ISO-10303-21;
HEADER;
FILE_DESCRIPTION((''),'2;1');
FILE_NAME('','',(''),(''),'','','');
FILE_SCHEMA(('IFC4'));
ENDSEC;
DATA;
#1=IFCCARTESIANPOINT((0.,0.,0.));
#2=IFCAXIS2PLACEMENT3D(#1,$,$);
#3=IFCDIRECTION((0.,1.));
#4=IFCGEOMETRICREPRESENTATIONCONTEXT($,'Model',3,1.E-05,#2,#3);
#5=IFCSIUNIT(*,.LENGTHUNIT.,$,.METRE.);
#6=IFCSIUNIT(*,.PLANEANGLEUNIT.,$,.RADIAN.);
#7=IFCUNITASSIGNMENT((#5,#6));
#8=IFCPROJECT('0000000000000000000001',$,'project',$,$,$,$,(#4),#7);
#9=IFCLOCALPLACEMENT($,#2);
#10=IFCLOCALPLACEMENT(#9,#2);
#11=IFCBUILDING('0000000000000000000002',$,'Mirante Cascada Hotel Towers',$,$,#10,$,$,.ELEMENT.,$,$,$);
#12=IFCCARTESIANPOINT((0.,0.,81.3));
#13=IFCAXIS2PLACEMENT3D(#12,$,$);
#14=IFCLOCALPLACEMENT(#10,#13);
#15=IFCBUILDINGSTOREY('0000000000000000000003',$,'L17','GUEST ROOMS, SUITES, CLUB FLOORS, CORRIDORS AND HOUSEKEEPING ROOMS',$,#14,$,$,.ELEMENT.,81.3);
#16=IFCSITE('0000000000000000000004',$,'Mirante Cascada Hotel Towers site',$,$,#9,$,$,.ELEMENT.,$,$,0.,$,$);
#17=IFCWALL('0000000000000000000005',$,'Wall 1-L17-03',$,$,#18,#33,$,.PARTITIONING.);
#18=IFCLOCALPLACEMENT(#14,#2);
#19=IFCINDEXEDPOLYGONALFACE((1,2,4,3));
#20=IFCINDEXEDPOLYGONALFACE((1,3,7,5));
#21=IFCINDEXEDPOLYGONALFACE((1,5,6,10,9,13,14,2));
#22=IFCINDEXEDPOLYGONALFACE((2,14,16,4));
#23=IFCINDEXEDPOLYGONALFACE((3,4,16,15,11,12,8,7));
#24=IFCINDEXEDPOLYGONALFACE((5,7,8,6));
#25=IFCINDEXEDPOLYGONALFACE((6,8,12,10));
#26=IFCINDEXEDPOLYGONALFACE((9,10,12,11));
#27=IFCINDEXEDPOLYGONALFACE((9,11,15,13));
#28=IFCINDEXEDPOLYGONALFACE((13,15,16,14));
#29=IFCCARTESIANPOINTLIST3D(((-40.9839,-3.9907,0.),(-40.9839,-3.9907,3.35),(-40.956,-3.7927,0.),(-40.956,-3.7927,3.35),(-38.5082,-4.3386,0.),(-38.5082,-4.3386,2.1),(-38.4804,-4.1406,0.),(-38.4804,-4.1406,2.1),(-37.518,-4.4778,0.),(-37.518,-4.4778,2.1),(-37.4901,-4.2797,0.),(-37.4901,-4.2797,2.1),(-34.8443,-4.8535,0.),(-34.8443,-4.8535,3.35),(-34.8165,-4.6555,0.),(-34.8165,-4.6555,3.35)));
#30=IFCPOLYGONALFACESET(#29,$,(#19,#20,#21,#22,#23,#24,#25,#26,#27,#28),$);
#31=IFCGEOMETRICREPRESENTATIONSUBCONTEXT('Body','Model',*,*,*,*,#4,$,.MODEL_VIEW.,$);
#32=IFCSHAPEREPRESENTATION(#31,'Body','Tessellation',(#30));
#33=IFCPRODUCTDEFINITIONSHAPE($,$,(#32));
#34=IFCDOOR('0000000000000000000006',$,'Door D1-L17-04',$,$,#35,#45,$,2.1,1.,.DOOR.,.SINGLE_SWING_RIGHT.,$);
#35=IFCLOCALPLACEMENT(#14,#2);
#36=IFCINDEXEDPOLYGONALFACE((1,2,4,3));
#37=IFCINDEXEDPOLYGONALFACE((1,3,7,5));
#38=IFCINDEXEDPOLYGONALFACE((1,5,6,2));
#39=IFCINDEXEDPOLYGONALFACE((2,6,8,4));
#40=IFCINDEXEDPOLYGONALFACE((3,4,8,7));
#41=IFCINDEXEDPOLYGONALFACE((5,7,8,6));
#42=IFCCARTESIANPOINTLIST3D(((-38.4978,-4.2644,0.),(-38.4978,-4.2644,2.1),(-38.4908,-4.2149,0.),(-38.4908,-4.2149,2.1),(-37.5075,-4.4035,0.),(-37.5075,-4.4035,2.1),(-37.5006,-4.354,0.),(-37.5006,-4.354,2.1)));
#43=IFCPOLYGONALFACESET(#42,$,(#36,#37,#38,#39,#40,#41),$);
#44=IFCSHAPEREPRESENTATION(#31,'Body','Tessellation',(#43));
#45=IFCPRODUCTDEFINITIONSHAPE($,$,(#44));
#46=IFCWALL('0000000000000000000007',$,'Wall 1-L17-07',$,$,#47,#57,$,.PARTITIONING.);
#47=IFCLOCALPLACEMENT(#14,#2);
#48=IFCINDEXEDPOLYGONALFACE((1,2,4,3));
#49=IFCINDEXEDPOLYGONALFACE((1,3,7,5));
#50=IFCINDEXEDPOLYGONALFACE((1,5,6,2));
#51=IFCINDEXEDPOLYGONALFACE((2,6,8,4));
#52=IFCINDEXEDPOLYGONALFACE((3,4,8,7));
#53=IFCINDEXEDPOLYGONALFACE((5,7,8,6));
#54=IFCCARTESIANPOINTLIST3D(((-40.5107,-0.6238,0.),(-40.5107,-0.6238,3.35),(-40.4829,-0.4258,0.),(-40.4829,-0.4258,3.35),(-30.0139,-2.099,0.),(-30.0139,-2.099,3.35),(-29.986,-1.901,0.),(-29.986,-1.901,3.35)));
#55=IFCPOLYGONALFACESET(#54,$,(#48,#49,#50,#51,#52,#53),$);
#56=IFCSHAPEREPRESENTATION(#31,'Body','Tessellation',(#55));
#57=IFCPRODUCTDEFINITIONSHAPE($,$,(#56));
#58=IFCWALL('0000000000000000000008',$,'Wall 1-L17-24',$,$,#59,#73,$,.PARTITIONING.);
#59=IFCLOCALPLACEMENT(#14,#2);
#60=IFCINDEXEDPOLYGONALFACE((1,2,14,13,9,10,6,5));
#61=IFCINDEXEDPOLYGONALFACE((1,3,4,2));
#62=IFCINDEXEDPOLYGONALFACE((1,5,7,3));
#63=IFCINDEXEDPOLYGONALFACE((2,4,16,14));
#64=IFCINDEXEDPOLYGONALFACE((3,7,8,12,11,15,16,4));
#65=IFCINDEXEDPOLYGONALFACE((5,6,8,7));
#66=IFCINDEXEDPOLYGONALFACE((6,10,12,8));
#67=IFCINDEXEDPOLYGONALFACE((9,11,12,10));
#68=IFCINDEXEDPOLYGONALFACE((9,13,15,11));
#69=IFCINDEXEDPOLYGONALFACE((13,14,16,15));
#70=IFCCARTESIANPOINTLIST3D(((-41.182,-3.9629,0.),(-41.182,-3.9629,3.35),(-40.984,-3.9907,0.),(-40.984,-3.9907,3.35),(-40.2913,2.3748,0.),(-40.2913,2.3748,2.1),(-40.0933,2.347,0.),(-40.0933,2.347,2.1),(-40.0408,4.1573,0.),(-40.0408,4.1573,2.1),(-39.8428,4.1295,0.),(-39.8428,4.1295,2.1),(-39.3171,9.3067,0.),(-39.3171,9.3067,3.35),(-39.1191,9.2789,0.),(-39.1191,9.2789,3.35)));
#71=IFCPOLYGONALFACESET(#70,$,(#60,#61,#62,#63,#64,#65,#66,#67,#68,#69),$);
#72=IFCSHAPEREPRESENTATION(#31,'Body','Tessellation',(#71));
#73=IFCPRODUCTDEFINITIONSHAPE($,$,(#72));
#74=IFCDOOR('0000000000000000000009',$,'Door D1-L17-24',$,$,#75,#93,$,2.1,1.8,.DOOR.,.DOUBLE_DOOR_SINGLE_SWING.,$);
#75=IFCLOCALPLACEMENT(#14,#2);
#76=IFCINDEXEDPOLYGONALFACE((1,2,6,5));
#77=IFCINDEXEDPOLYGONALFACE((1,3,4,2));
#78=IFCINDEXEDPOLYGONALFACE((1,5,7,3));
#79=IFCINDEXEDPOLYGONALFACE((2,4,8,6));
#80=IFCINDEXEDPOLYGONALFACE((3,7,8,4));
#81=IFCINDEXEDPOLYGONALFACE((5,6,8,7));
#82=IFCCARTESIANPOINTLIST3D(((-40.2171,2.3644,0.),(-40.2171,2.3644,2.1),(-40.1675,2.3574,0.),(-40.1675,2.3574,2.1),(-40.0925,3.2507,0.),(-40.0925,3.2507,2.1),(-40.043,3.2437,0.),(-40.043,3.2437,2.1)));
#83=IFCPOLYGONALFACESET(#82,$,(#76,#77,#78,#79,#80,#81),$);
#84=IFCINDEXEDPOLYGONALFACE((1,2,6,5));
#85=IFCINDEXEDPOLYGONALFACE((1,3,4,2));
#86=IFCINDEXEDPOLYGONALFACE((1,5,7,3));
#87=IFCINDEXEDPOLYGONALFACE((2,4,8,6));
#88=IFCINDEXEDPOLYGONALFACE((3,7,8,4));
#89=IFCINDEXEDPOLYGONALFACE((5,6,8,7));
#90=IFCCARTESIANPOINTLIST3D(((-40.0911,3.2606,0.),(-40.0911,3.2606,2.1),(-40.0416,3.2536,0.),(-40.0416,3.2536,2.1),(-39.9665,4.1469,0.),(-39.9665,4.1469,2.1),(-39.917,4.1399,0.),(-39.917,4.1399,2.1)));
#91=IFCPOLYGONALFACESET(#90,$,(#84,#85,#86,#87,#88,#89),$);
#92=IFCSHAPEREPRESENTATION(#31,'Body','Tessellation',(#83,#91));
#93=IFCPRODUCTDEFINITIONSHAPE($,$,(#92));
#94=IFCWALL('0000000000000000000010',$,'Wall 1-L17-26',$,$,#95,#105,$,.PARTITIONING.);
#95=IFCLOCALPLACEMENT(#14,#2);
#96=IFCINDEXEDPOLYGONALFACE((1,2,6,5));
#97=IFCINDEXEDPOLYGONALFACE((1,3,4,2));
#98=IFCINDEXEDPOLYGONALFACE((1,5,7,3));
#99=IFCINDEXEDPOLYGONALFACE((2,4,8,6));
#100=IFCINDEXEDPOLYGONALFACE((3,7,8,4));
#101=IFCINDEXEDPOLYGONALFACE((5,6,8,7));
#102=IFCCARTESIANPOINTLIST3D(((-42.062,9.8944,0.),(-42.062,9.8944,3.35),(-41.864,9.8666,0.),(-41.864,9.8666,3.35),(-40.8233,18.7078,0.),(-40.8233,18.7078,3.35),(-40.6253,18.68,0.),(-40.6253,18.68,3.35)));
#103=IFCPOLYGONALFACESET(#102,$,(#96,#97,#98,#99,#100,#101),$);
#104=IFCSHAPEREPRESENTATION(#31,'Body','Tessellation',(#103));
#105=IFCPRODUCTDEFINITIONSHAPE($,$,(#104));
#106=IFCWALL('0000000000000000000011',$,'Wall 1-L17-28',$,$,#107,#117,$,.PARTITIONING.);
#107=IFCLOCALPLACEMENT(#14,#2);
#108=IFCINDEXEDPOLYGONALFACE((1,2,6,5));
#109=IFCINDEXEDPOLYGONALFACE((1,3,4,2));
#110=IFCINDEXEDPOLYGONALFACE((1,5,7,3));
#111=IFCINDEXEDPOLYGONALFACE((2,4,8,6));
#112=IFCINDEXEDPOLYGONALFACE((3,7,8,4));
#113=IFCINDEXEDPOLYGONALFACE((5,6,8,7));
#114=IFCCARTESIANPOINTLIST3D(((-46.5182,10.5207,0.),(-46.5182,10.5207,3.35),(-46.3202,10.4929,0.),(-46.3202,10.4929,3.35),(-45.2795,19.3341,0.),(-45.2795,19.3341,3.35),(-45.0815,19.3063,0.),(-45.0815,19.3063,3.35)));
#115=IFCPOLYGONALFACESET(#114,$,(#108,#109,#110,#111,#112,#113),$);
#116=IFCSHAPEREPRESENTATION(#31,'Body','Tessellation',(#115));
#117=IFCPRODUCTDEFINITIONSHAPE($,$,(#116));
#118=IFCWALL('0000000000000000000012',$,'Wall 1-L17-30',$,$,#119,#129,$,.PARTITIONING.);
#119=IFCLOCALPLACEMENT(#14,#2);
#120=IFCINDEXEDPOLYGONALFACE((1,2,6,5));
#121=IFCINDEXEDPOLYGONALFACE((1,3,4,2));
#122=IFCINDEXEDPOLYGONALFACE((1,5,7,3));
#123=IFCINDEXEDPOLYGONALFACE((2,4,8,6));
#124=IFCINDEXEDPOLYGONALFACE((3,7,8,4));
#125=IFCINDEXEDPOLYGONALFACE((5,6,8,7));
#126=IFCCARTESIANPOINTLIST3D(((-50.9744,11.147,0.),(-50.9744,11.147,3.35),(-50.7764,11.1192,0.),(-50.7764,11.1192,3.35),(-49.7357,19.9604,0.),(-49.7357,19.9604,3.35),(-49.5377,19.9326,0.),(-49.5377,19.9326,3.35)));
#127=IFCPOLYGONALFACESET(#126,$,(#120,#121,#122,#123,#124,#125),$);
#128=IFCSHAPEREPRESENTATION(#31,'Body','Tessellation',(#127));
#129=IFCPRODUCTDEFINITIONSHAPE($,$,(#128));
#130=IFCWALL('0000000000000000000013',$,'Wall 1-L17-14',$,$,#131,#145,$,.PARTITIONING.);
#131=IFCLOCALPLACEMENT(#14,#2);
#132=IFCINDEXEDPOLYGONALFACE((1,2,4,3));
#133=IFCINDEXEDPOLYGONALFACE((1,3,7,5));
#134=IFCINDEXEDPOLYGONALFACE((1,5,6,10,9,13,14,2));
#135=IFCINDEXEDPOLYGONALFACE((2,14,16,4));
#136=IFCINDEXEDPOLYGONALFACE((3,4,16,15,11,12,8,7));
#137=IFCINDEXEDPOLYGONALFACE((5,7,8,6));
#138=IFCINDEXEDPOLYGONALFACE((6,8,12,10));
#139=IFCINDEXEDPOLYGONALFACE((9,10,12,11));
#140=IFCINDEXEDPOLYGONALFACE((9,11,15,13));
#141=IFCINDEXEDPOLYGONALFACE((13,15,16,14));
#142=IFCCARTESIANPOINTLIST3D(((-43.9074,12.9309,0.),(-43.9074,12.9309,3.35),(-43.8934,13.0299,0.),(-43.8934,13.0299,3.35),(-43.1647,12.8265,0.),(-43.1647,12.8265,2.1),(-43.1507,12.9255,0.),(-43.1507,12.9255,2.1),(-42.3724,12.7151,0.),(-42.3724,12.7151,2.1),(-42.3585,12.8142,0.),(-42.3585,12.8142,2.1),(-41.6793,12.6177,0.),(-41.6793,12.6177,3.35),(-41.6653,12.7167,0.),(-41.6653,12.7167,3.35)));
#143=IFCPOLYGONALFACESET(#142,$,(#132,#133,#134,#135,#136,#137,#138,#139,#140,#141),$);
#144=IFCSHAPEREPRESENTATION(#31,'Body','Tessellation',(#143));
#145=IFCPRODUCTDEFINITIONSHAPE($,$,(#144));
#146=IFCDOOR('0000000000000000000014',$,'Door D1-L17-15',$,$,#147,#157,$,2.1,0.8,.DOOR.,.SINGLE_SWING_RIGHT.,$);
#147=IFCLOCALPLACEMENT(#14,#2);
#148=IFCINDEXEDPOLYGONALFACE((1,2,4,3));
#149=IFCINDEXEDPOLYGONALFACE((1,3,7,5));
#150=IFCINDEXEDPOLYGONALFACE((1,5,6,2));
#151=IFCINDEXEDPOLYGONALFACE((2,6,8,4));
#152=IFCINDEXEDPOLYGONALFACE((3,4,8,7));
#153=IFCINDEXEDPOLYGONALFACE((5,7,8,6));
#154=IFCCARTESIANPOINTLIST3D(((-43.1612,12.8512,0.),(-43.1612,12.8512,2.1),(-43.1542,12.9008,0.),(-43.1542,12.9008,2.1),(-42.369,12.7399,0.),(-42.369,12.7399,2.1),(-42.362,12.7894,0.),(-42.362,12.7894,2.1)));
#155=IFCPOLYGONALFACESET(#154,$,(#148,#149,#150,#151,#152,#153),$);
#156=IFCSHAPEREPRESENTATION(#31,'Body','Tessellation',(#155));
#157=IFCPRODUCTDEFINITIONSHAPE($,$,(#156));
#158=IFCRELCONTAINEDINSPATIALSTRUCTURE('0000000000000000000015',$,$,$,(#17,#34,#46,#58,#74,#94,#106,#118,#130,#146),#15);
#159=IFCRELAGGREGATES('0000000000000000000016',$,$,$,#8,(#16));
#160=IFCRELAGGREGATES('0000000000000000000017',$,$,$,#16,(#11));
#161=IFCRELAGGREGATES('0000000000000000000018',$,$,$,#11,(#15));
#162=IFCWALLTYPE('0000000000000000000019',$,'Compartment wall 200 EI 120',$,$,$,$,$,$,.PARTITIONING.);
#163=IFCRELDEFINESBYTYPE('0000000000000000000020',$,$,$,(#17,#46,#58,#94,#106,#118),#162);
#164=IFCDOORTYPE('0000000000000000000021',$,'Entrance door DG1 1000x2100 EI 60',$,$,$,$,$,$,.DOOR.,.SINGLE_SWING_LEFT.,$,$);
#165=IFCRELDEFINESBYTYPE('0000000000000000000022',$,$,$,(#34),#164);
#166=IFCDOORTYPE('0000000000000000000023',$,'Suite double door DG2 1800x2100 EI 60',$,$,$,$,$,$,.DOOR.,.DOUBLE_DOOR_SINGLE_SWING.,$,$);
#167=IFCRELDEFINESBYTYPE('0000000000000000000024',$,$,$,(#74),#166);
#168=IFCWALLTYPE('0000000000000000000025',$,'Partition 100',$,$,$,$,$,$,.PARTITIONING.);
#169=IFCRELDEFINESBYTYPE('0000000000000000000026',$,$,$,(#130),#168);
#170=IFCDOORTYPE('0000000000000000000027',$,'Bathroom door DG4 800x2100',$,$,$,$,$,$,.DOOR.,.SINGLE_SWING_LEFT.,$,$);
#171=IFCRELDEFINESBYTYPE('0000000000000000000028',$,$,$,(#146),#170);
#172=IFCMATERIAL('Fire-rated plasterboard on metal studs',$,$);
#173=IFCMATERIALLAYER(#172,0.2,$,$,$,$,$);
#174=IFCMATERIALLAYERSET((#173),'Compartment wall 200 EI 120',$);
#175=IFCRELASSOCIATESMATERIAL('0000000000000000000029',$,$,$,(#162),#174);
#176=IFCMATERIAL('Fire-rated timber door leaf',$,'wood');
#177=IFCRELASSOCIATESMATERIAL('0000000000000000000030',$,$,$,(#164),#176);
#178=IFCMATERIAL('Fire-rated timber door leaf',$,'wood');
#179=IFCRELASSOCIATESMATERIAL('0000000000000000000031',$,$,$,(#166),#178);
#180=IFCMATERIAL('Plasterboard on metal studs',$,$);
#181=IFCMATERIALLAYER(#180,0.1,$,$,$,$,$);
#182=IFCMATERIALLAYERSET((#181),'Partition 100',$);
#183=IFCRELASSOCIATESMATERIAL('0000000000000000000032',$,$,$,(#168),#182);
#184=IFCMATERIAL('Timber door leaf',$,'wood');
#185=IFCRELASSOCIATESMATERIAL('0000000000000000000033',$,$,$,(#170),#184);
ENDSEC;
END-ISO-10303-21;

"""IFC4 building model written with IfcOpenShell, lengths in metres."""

from ifc_helpers import new_model, si_unit, direction, frame, frame_2d, origin, place, context, subcontext, project, spatial, rectangle, extrude, material, layer, layer_set, type_object, element, fill, save


model = new_model("IFC4")

# Units and contexts
model_context = context("Model", 3, precision=1e-05, world=origin(), true_north=direction((0.0, 1.0)))
body_context = subcontext(model_context, "Body", "Model", "MODEL_VIEW")
ifc_project = project(units=[si_unit("LENGTHUNIT", "METRE"), si_unit("PLANEANGLEUNIT", "RADIAN")], contexts=[model_context])

# Site, building, storey
site_placement = place(None, origin())
site = spatial("IfcSite", under=ifc_project, at=site_placement, Name="Mirante Cascada Hotel Towers site", CompositionType="ELEMENT", RefElevation=0.0)
building_placement = place(site_placement, origin())
building = spatial("IfcBuilding", under=site, at=building_placement, Name="Mirante Cascada Hotel Towers", CompositionType="ELEMENT")
storey_placement = place(building_placement, frame((0.0, 0.0, 81.3)))
storey = spatial("IfcBuildingStorey", under=building, at=storey_placement, Name="L17", Description="GUEST ROOMS, SUITES, CLUB FLOORS, CORRIDORS AND HOUSEKEEPING ROOMS", CompositionType="ELEMENT", Elevation=81.3)

# Wall, opening, door
ifc_material_1 = material(Name="Fire-rated plasterboard on metal studs")
ifc_layer_1 = layer(ifc_material_1, 0.2)
ifc_layer_set_1 = layer_set([ifc_layer_1], Name="Compartment wall 200 EI 120")
wall_type_1 = type_object("IfcWallType", Name="Compartment wall 200 EI 120", PredefinedType="PARTITIONING", material=ifc_layer_set_1)
wall_1_placement = place(storey_placement, frame((-40.97, -3.8917, 0.0), z_axis=(0.0, 0.0, 1.0), x_axis=(0.99027, -0.139163, 0.0)))
wall_1 = element("IfcWall", 1, at=wall_1_placement, inside=storey, type_object=wall_type_1, Name="Wall 1-L17-03", PredefinedType="PARTITIONING", context=body_context, shape_type="SweptSolid", body=[
    extrude(rectangle(XDim=6.1999, YDim=0.2, at=frame_2d((3.1, 0.0))), origin(), (0.0, 0.0, 1.0), 3.35),
])
opening_1_placement = place(wall_1_placement, frame((2.5, 0.0, 0.0)))
opening_1 = element("IfcOpeningElement", 2, at=opening_1_placement, cuts=wall_1, PredefinedType="OPENING", context=body_context, shape_type="SweptSolid", body=[
    extrude(rectangle(XDim=1.0, YDim=2.1, at=frame_2d((0.5, 1.05))), frame((0.0, 0.1, 0.0), z_axis=(0.0, -1.0, 0.0), x_axis=(1.0, 0.0, 0.0)), (0.0, 0.0, 1.0), 0.2),
])
ifc_material_2 = material(Name="Fire-rated timber door leaf", Category="wood")
door_type_1 = type_object("IfcDoorType", Name="Entrance door DG1 1000x2100 EI 60", OperationType="SINGLE_SWING_LEFT", PredefinedType="DOOR", material=ifc_material_2)
door_1_placement = place(opening_1_placement, frame((1.0, 0.0, 0.0), z_axis=(0.0, 0.0, 1.0), x_axis=(-1.0, 0.0, 0.0)))
door_1 = element("IfcDoor", 3, at=door_1_placement, inside=storey, type_object=door_type_1, Name="Door D1-L17-04", OperationType="SINGLE_SWING_RIGHT", OverallHeight=2.1, OverallWidth=1.0, PredefinedType="DOOR", context=body_context, shape_type="SweptSolid", body=[
    extrude(rectangle(XDim=1.0, YDim=2.1, at=frame_2d((0.5, 1.05))), frame((0.0, 0.025, 0.0), z_axis=(0.0, -1.0, 0.0), x_axis=(1.0, 0.0, 0.0)), (0.0, 0.0, 1.0), 0.05),
])
fill(opening_1, door_1)

# Wall
wall_2_placement = place(storey_placement, frame((-40.4968, -0.5248, 0.0), z_axis=(0.0, 0.0, 1.0), x_axis=(0.990268, -0.13917, 0.0)))
element("IfcWall", 4, at=wall_2_placement, inside=storey, type_object=wall_type_1, Name="Wall 1-L17-07", PredefinedType="PARTITIONING", context=body_context, shape_type="SweptSolid", body=[
    extrude(rectangle(XDim=10.6, YDim=0.2, at=frame_2d((5.3, 0.0))), origin(), (0.0, 0.0, 1.0), 3.35),
])

# Wall, opening, door
wall_3_placement = place(storey_placement, frame((-41.083, -3.9768, 0.0), z_axis=(0.0, 0.0, 1.0), x_axis=(0.139172, 0.990268, 0.0)))
wall_3 = element("IfcWall", 5, at=wall_3_placement, inside=storey, type_object=wall_type_1, Name="Wall 1-L17-24", PredefinedType="PARTITIONING", context=body_context, shape_type="SweptSolid", body=[
    extrude(rectangle(XDim=13.4, YDim=0.2, at=frame_2d((6.7, 0.0))), origin(), (0.0, 0.0, 1.0), 3.35),
])
opening_2_placement = place(wall_3_placement, frame((6.4, 0.0, 0.0)))
opening_2 = element("IfcOpeningElement", 6, at=opening_2_placement, cuts=wall_3, PredefinedType="OPENING", context=body_context, shape_type="SweptSolid", body=[
    extrude(rectangle(XDim=1.8, YDim=2.1, at=frame_2d((0.9, 1.05))), frame((0.0, 0.1, 0.0), z_axis=(0.0, -1.0, 0.0), x_axis=(1.0, 0.0, 0.0)), (0.0, 0.0, 1.0), 0.2),
])
ifc_material_3 = material(Name="Fire-rated timber door leaf", Category="wood")
door_type_2 = type_object("IfcDoorType", Name="Suite double door DG2 1800x2100 EI 60", OperationType="DOUBLE_DOOR_SINGLE_SWING", PredefinedType="DOOR", material=ifc_material_3)
door_2_placement = place(opening_2_placement, origin())
door_2 = element("IfcDoor", 7, at=door_2_placement, inside=storey, type_object=door_type_2, Name="Door D1-L17-24", OperationType="DOUBLE_DOOR_SINGLE_SWING", OverallHeight=2.1, OverallWidth=1.8, PredefinedType="DOOR", context=body_context, shape_type="SweptSolid", body=[
    extrude(rectangle(XDim=0.895, YDim=2.1, at=frame_2d((0.4475, 1.05))), frame((0.0, 0.025, 0.0), z_axis=(0.0, -1.0, 0.0), x_axis=(1.0, 0.0, 0.0)), (0.0, 0.0, 1.0), 0.05),
    extrude(rectangle(XDim=0.895, YDim=2.1, at=frame_2d((1.3525, 1.05))), frame((0.0, 0.025, 0.0), z_axis=(0.0, -1.0, 0.0), x_axis=(1.0, 0.0, 0.0)), (0.0, 0.0, 1.0), 0.05),
])
fill(opening_2, door_2)

# Walls
for number, where, z_axis, x_axis, name in (
    (8, (-41.963, 9.8805, 0.0), (0.0, 0.0, 1.0), (0.139179, 0.990267, 0.0), "Wall 1-L17-26"),
    (9, (-46.4192, 10.5068, 0.0), (0.0, 0.0, 1.0), (0.139179, 0.990267, 0.0), "Wall 1-L17-28"),
    (10, (-50.8754, 11.1331, 0.0), (0.0, 0.0, 1.0), (0.139179, 0.990267, 0.0), "Wall 1-L17-30"),
):
    element("IfcWall", number, at=place(storey_placement, frame(where, z_axis=z_axis, x_axis=x_axis)), inside=storey, type_object=wall_type_1, Name=name, PredefinedType="PARTITIONING", context=body_context, shape_type="SweptSolid", body=[
        extrude(rectangle(XDim=8.9, YDim=0.2, at=frame_2d((4.45, 0.0))), origin(), (0.0, 0.0, 1.0), 3.35),
    ])

# Wall, opening, door
ifc_material_4 = material(Name="Plasterboard on metal studs")
ifc_layer_2 = layer(ifc_material_4, 0.1)
ifc_layer_set_2 = layer_set([ifc_layer_2], Name="Partition 100")
wall_type_2 = type_object("IfcWallType", Name="Partition 100", PredefinedType="PARTITIONING", material=ifc_layer_set_2)
wall_4_placement = place(storey_placement, frame((-41.6723, 12.6672, 0.0), z_axis=(0.0, 0.0, 1.0), x_axis=(-0.990264, 0.1392, 0.0)))
wall_4 = element("IfcWall", 11, at=wall_4_placement, inside=storey, type_object=wall_type_2, Name="Wall 1-L17-14", PredefinedType="PARTITIONING", context=body_context, shape_type="SweptSolid", body=[
    extrude(rectangle(XDim=2.25, YDim=0.1, at=frame_2d((1.125, 0.0))), origin(), (0.0, 0.0, 1.0), 3.35),
])
opening_3_placement = place(wall_4_placement, frame((0.7, 0.0, 0.0)))
opening_3 = element("IfcOpeningElement", 12, at=opening_3_placement, cuts=wall_4, PredefinedType="OPENING", context=body_context, shape_type="SweptSolid", body=[
    extrude(rectangle(XDim=0.8, YDim=2.1, at=frame_2d((0.4, 1.05))), frame((0.0, 0.05, 0.0), z_axis=(0.0, -1.0, 0.0), x_axis=(1.0, 0.0, 0.0)), (0.0, 0.0, 1.0), 0.1),
])
ifc_material_5 = material(Name="Timber door leaf", Category="wood")
door_type_3 = type_object("IfcDoorType", Name="Bathroom door DG4 800x2100", OperationType="SINGLE_SWING_LEFT", PredefinedType="DOOR", material=ifc_material_5)
door_3_placement = place(opening_3_placement, frame((0.8, 0.0, 0.0), z_axis=(0.0, 0.0, 1.0), x_axis=(-1.0, 0.0, 0.0)))
door_3 = element("IfcDoor", 13, at=door_3_placement, inside=storey, type_object=door_type_3, Name="Door D1-L17-15", OperationType="SINGLE_SWING_RIGHT", OverallHeight=2.1, OverallWidth=0.8, PredefinedType="DOOR", context=body_context, shape_type="SweptSolid", body=[
    extrude(rectangle(XDim=0.8, YDim=2.1, at=frame_2d((0.4, 1.05))), frame((0.0, 0.025, 0.0), z_axis=(0.0, -1.0, 0.0), x_axis=(1.0, 0.0, 0.0)), (0.0, 0.0, 1.0), 0.05),
])
fill(opening_3, door_3)

save(model, "model.ifc")
